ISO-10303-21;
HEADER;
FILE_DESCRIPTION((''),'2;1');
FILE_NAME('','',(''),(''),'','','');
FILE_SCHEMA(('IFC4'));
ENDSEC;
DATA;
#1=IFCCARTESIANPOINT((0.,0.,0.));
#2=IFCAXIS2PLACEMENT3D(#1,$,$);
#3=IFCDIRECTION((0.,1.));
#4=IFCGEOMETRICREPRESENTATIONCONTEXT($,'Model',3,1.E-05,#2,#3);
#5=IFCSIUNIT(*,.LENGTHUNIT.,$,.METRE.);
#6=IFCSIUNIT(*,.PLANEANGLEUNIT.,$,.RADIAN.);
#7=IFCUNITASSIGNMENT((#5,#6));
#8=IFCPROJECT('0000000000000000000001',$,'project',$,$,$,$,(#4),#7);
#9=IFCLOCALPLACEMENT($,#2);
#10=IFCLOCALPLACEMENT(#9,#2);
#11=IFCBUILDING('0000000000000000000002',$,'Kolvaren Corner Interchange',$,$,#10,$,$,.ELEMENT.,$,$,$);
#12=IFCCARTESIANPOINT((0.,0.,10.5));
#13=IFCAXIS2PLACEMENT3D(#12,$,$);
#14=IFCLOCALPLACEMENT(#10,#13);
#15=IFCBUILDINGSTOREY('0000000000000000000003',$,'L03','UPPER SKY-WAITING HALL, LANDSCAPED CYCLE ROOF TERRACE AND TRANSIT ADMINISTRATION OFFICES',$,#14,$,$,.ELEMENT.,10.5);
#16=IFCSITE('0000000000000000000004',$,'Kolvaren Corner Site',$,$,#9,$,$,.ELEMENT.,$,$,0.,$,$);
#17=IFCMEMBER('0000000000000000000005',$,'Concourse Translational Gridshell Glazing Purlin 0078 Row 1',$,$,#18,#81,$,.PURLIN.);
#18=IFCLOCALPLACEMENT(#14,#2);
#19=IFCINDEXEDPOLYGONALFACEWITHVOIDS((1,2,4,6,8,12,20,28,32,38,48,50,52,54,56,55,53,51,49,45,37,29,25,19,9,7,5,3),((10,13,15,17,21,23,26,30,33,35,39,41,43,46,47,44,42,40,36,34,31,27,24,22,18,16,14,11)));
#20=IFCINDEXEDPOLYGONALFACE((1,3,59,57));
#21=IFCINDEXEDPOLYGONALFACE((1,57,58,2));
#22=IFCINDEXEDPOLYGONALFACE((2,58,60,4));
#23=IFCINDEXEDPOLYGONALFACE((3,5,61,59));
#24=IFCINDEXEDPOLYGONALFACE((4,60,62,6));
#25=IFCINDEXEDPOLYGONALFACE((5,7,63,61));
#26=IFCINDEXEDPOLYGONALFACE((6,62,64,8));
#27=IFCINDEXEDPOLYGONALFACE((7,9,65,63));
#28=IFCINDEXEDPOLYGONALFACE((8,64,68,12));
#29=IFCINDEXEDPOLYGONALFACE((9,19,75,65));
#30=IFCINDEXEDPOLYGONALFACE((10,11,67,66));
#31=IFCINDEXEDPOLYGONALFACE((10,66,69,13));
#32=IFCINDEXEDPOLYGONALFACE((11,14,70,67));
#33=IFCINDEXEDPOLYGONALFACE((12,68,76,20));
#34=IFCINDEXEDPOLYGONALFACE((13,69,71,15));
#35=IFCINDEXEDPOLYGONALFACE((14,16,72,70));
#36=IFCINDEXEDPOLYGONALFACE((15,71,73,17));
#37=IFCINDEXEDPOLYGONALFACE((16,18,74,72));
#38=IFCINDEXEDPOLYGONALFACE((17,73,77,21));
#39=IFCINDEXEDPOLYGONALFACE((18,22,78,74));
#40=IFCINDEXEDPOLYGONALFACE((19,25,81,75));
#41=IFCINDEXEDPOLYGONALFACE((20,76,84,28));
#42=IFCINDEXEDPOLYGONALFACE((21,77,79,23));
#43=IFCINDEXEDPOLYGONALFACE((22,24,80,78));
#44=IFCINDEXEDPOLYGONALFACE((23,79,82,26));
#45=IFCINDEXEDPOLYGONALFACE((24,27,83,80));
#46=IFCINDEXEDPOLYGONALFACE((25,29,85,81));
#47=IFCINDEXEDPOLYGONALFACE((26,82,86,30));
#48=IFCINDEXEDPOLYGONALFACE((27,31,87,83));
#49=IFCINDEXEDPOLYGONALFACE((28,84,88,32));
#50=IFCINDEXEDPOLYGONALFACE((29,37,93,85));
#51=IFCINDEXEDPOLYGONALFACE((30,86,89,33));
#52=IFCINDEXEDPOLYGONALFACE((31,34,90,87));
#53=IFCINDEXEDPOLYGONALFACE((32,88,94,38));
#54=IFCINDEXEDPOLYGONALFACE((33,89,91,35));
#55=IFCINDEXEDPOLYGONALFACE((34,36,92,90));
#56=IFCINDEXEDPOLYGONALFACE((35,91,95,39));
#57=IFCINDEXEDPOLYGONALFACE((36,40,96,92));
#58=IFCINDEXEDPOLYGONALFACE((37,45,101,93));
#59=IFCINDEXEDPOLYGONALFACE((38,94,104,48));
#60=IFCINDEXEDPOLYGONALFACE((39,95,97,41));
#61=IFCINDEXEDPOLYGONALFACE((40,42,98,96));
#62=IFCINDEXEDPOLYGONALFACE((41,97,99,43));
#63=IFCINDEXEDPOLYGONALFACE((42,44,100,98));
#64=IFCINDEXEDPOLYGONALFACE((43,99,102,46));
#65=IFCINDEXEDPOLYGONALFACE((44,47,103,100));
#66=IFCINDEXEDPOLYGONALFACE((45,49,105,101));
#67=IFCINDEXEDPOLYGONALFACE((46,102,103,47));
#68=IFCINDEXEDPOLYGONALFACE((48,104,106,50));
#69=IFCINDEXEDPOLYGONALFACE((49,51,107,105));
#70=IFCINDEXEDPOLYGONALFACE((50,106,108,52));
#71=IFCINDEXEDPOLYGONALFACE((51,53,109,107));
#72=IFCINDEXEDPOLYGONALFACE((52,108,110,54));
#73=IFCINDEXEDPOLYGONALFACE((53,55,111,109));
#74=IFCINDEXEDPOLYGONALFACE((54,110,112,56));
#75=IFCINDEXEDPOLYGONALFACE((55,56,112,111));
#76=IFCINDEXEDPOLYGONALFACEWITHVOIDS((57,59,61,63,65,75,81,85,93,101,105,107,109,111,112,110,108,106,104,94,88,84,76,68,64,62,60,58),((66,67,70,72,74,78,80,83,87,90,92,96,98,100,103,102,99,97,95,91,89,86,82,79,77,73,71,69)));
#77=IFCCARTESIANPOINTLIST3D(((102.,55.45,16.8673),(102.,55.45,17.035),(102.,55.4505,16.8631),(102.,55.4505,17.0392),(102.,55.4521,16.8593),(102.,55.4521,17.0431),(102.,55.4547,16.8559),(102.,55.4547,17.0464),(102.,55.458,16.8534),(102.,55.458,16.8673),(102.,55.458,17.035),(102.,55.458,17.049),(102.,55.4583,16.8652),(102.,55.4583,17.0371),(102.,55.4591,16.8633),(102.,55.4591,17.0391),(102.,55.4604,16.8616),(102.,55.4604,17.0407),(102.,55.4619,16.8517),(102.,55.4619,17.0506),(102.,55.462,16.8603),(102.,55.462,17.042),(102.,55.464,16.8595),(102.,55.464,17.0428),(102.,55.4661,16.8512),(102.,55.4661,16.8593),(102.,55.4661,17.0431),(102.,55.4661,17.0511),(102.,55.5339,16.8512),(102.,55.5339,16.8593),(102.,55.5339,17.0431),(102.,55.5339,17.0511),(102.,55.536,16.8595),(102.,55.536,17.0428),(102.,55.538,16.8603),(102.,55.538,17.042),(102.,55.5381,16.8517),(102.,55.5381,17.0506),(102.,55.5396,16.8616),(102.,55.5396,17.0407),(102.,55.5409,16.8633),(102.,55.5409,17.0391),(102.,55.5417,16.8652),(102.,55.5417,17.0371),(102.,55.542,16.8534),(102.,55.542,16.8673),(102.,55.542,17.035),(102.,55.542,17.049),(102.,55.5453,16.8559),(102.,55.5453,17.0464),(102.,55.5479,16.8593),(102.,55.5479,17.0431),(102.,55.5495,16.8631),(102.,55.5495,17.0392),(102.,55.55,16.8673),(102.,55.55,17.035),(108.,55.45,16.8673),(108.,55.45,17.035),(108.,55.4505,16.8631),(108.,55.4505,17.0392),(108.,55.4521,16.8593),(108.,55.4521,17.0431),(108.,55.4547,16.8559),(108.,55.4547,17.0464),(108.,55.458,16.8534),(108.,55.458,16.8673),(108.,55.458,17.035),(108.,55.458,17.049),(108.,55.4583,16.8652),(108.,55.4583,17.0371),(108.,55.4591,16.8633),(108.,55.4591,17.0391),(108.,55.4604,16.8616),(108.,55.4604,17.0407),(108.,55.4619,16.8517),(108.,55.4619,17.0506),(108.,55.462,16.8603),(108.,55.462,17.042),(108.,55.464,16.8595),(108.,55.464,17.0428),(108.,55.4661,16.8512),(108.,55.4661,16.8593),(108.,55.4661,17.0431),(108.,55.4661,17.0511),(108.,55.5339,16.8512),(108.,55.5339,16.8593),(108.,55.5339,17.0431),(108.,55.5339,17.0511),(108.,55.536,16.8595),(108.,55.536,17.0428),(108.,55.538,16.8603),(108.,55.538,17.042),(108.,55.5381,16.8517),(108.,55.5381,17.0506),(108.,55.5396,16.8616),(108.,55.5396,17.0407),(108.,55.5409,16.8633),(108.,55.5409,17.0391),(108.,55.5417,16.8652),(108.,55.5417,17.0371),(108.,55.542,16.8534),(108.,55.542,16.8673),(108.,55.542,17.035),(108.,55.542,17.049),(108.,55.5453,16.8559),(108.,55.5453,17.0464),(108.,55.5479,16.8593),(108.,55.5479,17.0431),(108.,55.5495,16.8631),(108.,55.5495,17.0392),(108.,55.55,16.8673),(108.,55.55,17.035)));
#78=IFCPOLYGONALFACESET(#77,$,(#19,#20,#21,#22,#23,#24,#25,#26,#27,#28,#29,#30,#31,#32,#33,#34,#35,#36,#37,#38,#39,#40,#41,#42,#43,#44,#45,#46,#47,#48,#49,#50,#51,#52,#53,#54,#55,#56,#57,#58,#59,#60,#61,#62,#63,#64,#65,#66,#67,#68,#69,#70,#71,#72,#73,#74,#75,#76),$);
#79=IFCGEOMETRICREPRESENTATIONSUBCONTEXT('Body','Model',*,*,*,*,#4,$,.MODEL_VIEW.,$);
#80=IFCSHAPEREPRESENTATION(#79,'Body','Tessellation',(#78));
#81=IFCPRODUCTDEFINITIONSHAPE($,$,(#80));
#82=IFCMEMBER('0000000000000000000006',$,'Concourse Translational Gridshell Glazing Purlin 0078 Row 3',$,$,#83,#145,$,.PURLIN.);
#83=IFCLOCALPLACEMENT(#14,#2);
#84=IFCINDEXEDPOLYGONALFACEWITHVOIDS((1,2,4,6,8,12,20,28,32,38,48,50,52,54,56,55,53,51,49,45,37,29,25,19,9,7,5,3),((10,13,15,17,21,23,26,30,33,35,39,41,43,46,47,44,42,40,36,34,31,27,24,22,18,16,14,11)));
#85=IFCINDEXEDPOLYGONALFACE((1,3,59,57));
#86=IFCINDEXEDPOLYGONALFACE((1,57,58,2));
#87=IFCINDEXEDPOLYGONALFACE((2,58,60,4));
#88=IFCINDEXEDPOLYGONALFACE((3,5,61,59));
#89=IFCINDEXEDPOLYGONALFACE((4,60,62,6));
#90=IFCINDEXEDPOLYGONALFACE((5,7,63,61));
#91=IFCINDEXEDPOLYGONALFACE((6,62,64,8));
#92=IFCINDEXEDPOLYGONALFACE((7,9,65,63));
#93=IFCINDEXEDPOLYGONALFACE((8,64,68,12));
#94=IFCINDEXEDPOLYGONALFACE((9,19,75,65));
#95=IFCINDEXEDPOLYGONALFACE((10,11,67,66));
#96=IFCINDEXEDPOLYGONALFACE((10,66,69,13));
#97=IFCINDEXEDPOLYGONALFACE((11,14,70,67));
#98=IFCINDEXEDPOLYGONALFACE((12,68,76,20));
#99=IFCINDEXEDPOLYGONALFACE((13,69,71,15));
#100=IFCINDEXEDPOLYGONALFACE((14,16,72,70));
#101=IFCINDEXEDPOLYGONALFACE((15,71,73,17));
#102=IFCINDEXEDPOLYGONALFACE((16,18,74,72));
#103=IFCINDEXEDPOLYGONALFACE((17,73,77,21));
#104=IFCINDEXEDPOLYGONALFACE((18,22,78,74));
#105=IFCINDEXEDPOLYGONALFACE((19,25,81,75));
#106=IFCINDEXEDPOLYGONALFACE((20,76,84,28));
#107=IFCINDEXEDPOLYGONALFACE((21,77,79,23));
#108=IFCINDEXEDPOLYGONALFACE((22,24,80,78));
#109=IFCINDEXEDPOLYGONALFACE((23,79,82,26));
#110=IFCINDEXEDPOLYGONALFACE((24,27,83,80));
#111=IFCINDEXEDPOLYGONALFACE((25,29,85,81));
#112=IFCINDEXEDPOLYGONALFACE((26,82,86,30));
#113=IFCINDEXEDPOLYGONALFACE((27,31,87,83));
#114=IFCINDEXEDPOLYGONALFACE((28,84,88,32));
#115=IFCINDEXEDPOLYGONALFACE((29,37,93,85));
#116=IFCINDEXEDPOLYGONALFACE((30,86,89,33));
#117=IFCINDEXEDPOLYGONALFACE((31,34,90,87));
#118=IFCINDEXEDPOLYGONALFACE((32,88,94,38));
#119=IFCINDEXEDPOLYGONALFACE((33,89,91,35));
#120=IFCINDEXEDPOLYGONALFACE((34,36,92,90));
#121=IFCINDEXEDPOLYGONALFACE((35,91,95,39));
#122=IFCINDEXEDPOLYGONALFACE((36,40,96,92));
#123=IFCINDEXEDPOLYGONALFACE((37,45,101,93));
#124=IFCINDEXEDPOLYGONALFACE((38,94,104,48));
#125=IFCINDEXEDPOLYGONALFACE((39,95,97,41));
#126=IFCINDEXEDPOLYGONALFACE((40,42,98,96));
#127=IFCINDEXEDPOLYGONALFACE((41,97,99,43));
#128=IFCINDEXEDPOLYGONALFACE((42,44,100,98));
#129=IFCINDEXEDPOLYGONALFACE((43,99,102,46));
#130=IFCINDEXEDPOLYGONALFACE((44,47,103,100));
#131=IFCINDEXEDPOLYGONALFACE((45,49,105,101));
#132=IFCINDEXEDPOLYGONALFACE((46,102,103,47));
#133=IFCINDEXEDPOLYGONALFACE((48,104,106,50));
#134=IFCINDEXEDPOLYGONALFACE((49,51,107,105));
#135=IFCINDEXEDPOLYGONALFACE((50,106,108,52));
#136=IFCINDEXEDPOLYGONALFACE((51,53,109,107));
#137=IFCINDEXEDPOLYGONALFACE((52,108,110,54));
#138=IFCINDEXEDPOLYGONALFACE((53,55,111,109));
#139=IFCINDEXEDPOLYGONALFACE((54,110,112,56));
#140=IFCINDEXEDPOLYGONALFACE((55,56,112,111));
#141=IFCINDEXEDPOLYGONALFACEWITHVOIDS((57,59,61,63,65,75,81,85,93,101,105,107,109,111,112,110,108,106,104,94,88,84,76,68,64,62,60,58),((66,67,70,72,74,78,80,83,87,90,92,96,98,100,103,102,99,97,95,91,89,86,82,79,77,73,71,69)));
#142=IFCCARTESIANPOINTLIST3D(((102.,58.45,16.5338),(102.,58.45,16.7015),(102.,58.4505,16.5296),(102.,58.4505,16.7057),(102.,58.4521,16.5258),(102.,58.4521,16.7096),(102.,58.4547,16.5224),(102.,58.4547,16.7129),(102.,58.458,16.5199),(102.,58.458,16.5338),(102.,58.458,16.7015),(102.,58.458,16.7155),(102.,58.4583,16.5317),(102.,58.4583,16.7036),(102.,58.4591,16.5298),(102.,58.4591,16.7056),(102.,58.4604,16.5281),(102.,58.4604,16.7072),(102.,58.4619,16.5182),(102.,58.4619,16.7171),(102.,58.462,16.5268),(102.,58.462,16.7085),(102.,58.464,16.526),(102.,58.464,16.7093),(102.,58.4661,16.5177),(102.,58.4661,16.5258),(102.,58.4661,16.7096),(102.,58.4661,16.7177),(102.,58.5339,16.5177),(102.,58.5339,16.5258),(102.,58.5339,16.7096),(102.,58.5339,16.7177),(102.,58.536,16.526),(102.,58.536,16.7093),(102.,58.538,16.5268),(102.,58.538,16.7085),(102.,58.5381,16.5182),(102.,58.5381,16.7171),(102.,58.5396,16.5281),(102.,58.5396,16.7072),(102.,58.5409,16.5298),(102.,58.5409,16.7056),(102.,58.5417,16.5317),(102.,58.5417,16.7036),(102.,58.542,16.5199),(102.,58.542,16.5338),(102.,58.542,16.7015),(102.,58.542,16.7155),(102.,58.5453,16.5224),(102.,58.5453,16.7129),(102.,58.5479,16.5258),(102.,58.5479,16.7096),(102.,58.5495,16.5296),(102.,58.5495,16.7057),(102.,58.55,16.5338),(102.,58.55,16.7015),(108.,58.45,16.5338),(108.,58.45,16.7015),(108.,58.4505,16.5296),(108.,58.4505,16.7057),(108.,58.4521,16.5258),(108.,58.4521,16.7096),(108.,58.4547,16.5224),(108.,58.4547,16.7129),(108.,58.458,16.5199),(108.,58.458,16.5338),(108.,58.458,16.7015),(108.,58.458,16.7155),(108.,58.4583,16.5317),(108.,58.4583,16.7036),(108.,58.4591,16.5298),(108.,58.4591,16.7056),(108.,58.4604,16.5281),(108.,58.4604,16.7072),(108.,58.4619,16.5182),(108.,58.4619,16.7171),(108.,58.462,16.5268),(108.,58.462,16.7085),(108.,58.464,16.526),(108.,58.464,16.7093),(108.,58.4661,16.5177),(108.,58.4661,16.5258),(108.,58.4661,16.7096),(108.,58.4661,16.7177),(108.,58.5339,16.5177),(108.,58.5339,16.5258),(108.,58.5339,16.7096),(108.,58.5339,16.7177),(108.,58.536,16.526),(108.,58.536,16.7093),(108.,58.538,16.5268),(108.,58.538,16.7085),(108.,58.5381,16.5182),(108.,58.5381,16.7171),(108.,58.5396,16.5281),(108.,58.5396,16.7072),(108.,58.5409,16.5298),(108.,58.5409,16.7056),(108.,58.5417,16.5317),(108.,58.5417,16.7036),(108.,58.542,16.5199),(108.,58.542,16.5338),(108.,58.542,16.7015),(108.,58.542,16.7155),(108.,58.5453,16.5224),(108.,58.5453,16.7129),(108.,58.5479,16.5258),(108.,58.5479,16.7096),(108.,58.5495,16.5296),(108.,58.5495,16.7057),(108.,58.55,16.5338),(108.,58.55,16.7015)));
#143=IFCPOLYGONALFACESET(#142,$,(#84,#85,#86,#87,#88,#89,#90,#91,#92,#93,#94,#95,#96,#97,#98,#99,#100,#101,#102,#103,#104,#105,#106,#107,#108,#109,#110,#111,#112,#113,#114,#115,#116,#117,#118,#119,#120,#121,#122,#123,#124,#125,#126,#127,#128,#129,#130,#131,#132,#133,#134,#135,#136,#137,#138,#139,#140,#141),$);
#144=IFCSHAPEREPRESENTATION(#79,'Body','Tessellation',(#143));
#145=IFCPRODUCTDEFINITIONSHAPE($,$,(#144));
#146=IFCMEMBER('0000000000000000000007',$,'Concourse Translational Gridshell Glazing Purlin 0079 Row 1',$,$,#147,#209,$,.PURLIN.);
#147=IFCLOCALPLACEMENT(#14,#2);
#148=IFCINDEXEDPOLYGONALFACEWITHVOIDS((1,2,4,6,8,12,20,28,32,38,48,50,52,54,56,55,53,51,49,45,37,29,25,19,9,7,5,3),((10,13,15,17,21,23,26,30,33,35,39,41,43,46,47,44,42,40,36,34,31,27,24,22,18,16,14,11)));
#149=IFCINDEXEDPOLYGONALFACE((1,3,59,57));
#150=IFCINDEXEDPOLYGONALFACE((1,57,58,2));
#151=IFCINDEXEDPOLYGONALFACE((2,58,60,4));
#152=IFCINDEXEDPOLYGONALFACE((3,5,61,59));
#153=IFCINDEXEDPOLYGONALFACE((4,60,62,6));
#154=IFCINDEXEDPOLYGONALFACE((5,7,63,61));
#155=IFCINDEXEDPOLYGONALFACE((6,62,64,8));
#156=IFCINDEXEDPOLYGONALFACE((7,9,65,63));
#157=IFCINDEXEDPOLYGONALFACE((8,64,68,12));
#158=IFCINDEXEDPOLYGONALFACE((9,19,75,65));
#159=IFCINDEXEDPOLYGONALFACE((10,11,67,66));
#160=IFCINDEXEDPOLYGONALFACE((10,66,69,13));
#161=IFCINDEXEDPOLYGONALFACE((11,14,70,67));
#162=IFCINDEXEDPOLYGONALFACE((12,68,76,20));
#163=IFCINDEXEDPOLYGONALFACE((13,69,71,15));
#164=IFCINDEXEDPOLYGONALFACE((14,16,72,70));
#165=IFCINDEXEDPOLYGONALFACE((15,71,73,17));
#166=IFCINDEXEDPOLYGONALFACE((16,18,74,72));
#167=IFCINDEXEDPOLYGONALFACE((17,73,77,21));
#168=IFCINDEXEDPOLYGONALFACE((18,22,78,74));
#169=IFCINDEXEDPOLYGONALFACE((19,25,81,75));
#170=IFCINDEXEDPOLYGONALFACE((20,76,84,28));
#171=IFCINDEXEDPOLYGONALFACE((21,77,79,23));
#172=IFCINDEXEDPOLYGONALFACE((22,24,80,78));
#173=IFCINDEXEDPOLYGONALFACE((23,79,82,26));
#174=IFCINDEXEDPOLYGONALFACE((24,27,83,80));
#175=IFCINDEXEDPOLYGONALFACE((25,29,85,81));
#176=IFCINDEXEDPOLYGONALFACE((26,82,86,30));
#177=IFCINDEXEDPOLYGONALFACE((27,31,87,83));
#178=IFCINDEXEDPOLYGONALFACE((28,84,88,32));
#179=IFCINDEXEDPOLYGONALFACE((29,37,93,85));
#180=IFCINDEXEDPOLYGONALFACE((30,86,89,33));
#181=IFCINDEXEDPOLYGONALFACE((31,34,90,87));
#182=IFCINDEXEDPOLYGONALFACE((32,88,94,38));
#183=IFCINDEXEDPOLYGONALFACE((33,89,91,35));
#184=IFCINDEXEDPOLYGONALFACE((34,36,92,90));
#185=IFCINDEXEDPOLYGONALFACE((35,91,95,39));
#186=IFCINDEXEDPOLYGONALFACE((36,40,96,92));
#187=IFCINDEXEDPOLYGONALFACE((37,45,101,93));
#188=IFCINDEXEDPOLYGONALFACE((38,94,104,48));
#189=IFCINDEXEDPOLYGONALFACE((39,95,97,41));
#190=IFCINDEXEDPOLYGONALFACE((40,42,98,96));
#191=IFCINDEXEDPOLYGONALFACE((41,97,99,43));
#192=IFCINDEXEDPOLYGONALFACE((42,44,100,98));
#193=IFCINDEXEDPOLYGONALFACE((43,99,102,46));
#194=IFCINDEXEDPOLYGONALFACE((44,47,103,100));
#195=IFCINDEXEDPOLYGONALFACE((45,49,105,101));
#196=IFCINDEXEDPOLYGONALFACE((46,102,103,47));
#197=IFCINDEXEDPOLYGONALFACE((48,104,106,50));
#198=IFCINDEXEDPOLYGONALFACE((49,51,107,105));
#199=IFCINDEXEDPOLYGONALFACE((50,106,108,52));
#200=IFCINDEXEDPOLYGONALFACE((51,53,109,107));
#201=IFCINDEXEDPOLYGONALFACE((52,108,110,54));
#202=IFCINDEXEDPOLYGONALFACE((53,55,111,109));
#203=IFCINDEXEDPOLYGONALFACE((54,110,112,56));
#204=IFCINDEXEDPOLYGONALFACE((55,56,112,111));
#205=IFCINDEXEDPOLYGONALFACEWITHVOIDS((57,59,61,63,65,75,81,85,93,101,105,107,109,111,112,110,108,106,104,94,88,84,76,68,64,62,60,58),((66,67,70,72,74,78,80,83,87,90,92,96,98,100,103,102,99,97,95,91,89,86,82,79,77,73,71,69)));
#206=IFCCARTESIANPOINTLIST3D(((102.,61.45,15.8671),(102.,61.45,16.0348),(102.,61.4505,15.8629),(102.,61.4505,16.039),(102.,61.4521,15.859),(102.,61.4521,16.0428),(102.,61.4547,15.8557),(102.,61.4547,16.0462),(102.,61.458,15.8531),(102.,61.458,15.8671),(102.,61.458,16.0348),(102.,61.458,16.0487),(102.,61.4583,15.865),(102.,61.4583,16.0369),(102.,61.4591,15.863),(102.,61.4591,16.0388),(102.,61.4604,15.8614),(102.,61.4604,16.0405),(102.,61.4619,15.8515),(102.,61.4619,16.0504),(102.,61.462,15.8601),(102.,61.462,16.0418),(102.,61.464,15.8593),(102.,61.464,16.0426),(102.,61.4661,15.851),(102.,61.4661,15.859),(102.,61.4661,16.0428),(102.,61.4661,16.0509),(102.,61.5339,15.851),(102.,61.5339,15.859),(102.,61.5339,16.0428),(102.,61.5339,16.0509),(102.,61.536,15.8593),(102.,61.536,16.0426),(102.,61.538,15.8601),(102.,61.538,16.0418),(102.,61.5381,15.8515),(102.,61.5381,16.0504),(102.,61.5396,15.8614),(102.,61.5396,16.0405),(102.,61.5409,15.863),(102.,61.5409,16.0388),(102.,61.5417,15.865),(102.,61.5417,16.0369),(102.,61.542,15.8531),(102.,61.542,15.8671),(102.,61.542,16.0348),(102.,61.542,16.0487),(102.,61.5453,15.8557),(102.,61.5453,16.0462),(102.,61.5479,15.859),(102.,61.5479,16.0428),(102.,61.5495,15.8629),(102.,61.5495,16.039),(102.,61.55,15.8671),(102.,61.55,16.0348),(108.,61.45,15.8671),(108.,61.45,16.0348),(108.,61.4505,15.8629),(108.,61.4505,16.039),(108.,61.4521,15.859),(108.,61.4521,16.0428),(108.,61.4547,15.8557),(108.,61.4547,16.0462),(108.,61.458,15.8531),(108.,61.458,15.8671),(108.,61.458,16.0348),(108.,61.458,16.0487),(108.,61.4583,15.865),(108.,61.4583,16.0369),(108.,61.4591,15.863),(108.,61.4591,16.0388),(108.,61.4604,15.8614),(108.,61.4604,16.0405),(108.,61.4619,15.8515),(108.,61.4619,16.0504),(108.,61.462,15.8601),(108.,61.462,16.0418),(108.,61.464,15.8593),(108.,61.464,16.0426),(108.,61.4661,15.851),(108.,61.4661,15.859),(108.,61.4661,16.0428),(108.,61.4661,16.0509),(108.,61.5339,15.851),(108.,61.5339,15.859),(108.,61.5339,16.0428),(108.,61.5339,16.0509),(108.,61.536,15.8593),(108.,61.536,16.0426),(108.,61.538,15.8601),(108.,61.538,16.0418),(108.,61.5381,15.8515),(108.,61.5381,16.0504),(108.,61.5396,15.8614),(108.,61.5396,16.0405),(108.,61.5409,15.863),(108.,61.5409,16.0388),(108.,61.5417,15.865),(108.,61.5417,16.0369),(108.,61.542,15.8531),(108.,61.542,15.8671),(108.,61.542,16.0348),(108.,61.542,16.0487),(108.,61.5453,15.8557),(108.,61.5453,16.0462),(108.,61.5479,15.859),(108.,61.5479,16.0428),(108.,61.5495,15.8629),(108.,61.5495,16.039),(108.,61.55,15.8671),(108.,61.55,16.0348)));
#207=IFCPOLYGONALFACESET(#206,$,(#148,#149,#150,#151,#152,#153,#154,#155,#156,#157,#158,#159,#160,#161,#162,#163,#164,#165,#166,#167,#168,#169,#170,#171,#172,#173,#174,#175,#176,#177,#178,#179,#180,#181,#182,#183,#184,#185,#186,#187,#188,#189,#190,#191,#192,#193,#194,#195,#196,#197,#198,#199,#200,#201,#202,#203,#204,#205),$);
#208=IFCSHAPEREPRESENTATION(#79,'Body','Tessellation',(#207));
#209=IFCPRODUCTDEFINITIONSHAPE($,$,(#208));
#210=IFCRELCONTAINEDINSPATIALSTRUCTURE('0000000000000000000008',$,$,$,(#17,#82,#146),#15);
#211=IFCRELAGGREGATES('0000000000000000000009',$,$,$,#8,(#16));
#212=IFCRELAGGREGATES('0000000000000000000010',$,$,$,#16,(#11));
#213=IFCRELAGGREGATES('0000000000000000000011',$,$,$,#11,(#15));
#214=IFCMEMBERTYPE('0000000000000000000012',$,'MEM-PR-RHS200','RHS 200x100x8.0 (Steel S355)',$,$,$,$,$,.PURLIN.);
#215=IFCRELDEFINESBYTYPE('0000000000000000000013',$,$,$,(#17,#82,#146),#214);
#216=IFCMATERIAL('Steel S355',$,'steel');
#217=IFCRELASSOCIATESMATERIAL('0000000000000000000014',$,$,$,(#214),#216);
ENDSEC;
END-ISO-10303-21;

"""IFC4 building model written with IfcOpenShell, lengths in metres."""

from ifc_helpers import new_model, si_unit, direction, frame, origin, origin_2d, place, context, subcontext, project, spatial, hollow_rectangle, extrude, material, material_profile, profile_set, type_object, element, save


model = new_model("IFC4")

# Units and contexts
model_context = context("Model", 3, precision=1e-05, world=origin(), true_north=direction((0.0, 1.0)))
body_context = subcontext(model_context, "Body", "Model", "MODEL_VIEW")
ifc_project = project(units=[si_unit("LENGTHUNIT", "METRE"), si_unit("PLANEANGLEUNIT", "RADIAN")], contexts=[model_context])

# Site, building, storey
site_placement = place(None, origin())
site = spatial("IfcSite", under=ifc_project, at=site_placement, Name="Kolvaren Corner Site", CompositionType="ELEMENT", RefElevation=0.0)
building_placement = place(site_placement, origin())
building = spatial("IfcBuilding", under=site, at=building_placement, Name="Kolvaren Corner Interchange", CompositionType="ELEMENT")
storey_placement = place(building_placement, frame((0.0, 0.0, 10.5)))
storey = spatial("IfcBuildingStorey", under=building, at=storey_placement, Name="L03", Description="UPPER SKY-WAITING HALL, LANDSCAPED CYCLE ROOF TERRACE AND TRANSIT ADMINISTRATION OFFICES", CompositionType="ELEMENT", Elevation=10.5)

# Members
ifc_material_1 = material(Name="Steel S355", Category="steel")
ifc_material_profile_1 = material_profile(ifc_material_1, hollow_rectangle(XDim=0.1001, YDim=0.2, WallThickness=0.0081, InnerFilletRadius=0.0081, OuterFilletRadius=0.0161, at=origin_2d()), Name="RHS 200x100x8.0")
ifc_profile_set_1 = profile_set([ifc_material_profile_1], Name="Steel S355")
member_type_1 = type_object("IfcMemberType", Name="MEM-PR-RHS200", Description="RHS 200x100x8.0 (Steel S355)", PredefinedType="PURLIN", material=ifc_profile_set_1)
for number, where, z_axis, x_axis, name in (
    (1, (102.0, 55.5, 16.9512), (1.0, 0.0, 0.0), (0.0, 1.0, 0.0), "Concourse Translational Gridshell Glazing Purlin 0078 Row 1"),
    (2, (102.0, 58.5, 16.6177), (1.0, 0.0, 0.0), (0.0, 1.0, 0.0), "Concourse Translational Gridshell Glazing Purlin 0078 Row 3"),
    (3, (102.0, 61.5, 15.9509), (1.0, 0.0, 0.0), (0.0, 1.0, 0.0), "Concourse Translational Gridshell Glazing Purlin 0079 Row 1"),
):
    element("IfcMember", number, at=place(storey_placement, frame(where, z_axis=z_axis, x_axis=x_axis)), inside=storey, type_object=member_type_1, Name=name, PredefinedType="PURLIN", context=body_context, shape_type="SweptSolid", body=[
        extrude(hollow_rectangle(XDim=0.1001, YDim=0.2, WallThickness=0.0081, InnerFilletRadius=0.0081, OuterFilletRadius=0.0161, at=origin_2d()), origin(), (0.0, 0.0, 1.0), 6.0),
    ])

save(model, "model.ifc")
